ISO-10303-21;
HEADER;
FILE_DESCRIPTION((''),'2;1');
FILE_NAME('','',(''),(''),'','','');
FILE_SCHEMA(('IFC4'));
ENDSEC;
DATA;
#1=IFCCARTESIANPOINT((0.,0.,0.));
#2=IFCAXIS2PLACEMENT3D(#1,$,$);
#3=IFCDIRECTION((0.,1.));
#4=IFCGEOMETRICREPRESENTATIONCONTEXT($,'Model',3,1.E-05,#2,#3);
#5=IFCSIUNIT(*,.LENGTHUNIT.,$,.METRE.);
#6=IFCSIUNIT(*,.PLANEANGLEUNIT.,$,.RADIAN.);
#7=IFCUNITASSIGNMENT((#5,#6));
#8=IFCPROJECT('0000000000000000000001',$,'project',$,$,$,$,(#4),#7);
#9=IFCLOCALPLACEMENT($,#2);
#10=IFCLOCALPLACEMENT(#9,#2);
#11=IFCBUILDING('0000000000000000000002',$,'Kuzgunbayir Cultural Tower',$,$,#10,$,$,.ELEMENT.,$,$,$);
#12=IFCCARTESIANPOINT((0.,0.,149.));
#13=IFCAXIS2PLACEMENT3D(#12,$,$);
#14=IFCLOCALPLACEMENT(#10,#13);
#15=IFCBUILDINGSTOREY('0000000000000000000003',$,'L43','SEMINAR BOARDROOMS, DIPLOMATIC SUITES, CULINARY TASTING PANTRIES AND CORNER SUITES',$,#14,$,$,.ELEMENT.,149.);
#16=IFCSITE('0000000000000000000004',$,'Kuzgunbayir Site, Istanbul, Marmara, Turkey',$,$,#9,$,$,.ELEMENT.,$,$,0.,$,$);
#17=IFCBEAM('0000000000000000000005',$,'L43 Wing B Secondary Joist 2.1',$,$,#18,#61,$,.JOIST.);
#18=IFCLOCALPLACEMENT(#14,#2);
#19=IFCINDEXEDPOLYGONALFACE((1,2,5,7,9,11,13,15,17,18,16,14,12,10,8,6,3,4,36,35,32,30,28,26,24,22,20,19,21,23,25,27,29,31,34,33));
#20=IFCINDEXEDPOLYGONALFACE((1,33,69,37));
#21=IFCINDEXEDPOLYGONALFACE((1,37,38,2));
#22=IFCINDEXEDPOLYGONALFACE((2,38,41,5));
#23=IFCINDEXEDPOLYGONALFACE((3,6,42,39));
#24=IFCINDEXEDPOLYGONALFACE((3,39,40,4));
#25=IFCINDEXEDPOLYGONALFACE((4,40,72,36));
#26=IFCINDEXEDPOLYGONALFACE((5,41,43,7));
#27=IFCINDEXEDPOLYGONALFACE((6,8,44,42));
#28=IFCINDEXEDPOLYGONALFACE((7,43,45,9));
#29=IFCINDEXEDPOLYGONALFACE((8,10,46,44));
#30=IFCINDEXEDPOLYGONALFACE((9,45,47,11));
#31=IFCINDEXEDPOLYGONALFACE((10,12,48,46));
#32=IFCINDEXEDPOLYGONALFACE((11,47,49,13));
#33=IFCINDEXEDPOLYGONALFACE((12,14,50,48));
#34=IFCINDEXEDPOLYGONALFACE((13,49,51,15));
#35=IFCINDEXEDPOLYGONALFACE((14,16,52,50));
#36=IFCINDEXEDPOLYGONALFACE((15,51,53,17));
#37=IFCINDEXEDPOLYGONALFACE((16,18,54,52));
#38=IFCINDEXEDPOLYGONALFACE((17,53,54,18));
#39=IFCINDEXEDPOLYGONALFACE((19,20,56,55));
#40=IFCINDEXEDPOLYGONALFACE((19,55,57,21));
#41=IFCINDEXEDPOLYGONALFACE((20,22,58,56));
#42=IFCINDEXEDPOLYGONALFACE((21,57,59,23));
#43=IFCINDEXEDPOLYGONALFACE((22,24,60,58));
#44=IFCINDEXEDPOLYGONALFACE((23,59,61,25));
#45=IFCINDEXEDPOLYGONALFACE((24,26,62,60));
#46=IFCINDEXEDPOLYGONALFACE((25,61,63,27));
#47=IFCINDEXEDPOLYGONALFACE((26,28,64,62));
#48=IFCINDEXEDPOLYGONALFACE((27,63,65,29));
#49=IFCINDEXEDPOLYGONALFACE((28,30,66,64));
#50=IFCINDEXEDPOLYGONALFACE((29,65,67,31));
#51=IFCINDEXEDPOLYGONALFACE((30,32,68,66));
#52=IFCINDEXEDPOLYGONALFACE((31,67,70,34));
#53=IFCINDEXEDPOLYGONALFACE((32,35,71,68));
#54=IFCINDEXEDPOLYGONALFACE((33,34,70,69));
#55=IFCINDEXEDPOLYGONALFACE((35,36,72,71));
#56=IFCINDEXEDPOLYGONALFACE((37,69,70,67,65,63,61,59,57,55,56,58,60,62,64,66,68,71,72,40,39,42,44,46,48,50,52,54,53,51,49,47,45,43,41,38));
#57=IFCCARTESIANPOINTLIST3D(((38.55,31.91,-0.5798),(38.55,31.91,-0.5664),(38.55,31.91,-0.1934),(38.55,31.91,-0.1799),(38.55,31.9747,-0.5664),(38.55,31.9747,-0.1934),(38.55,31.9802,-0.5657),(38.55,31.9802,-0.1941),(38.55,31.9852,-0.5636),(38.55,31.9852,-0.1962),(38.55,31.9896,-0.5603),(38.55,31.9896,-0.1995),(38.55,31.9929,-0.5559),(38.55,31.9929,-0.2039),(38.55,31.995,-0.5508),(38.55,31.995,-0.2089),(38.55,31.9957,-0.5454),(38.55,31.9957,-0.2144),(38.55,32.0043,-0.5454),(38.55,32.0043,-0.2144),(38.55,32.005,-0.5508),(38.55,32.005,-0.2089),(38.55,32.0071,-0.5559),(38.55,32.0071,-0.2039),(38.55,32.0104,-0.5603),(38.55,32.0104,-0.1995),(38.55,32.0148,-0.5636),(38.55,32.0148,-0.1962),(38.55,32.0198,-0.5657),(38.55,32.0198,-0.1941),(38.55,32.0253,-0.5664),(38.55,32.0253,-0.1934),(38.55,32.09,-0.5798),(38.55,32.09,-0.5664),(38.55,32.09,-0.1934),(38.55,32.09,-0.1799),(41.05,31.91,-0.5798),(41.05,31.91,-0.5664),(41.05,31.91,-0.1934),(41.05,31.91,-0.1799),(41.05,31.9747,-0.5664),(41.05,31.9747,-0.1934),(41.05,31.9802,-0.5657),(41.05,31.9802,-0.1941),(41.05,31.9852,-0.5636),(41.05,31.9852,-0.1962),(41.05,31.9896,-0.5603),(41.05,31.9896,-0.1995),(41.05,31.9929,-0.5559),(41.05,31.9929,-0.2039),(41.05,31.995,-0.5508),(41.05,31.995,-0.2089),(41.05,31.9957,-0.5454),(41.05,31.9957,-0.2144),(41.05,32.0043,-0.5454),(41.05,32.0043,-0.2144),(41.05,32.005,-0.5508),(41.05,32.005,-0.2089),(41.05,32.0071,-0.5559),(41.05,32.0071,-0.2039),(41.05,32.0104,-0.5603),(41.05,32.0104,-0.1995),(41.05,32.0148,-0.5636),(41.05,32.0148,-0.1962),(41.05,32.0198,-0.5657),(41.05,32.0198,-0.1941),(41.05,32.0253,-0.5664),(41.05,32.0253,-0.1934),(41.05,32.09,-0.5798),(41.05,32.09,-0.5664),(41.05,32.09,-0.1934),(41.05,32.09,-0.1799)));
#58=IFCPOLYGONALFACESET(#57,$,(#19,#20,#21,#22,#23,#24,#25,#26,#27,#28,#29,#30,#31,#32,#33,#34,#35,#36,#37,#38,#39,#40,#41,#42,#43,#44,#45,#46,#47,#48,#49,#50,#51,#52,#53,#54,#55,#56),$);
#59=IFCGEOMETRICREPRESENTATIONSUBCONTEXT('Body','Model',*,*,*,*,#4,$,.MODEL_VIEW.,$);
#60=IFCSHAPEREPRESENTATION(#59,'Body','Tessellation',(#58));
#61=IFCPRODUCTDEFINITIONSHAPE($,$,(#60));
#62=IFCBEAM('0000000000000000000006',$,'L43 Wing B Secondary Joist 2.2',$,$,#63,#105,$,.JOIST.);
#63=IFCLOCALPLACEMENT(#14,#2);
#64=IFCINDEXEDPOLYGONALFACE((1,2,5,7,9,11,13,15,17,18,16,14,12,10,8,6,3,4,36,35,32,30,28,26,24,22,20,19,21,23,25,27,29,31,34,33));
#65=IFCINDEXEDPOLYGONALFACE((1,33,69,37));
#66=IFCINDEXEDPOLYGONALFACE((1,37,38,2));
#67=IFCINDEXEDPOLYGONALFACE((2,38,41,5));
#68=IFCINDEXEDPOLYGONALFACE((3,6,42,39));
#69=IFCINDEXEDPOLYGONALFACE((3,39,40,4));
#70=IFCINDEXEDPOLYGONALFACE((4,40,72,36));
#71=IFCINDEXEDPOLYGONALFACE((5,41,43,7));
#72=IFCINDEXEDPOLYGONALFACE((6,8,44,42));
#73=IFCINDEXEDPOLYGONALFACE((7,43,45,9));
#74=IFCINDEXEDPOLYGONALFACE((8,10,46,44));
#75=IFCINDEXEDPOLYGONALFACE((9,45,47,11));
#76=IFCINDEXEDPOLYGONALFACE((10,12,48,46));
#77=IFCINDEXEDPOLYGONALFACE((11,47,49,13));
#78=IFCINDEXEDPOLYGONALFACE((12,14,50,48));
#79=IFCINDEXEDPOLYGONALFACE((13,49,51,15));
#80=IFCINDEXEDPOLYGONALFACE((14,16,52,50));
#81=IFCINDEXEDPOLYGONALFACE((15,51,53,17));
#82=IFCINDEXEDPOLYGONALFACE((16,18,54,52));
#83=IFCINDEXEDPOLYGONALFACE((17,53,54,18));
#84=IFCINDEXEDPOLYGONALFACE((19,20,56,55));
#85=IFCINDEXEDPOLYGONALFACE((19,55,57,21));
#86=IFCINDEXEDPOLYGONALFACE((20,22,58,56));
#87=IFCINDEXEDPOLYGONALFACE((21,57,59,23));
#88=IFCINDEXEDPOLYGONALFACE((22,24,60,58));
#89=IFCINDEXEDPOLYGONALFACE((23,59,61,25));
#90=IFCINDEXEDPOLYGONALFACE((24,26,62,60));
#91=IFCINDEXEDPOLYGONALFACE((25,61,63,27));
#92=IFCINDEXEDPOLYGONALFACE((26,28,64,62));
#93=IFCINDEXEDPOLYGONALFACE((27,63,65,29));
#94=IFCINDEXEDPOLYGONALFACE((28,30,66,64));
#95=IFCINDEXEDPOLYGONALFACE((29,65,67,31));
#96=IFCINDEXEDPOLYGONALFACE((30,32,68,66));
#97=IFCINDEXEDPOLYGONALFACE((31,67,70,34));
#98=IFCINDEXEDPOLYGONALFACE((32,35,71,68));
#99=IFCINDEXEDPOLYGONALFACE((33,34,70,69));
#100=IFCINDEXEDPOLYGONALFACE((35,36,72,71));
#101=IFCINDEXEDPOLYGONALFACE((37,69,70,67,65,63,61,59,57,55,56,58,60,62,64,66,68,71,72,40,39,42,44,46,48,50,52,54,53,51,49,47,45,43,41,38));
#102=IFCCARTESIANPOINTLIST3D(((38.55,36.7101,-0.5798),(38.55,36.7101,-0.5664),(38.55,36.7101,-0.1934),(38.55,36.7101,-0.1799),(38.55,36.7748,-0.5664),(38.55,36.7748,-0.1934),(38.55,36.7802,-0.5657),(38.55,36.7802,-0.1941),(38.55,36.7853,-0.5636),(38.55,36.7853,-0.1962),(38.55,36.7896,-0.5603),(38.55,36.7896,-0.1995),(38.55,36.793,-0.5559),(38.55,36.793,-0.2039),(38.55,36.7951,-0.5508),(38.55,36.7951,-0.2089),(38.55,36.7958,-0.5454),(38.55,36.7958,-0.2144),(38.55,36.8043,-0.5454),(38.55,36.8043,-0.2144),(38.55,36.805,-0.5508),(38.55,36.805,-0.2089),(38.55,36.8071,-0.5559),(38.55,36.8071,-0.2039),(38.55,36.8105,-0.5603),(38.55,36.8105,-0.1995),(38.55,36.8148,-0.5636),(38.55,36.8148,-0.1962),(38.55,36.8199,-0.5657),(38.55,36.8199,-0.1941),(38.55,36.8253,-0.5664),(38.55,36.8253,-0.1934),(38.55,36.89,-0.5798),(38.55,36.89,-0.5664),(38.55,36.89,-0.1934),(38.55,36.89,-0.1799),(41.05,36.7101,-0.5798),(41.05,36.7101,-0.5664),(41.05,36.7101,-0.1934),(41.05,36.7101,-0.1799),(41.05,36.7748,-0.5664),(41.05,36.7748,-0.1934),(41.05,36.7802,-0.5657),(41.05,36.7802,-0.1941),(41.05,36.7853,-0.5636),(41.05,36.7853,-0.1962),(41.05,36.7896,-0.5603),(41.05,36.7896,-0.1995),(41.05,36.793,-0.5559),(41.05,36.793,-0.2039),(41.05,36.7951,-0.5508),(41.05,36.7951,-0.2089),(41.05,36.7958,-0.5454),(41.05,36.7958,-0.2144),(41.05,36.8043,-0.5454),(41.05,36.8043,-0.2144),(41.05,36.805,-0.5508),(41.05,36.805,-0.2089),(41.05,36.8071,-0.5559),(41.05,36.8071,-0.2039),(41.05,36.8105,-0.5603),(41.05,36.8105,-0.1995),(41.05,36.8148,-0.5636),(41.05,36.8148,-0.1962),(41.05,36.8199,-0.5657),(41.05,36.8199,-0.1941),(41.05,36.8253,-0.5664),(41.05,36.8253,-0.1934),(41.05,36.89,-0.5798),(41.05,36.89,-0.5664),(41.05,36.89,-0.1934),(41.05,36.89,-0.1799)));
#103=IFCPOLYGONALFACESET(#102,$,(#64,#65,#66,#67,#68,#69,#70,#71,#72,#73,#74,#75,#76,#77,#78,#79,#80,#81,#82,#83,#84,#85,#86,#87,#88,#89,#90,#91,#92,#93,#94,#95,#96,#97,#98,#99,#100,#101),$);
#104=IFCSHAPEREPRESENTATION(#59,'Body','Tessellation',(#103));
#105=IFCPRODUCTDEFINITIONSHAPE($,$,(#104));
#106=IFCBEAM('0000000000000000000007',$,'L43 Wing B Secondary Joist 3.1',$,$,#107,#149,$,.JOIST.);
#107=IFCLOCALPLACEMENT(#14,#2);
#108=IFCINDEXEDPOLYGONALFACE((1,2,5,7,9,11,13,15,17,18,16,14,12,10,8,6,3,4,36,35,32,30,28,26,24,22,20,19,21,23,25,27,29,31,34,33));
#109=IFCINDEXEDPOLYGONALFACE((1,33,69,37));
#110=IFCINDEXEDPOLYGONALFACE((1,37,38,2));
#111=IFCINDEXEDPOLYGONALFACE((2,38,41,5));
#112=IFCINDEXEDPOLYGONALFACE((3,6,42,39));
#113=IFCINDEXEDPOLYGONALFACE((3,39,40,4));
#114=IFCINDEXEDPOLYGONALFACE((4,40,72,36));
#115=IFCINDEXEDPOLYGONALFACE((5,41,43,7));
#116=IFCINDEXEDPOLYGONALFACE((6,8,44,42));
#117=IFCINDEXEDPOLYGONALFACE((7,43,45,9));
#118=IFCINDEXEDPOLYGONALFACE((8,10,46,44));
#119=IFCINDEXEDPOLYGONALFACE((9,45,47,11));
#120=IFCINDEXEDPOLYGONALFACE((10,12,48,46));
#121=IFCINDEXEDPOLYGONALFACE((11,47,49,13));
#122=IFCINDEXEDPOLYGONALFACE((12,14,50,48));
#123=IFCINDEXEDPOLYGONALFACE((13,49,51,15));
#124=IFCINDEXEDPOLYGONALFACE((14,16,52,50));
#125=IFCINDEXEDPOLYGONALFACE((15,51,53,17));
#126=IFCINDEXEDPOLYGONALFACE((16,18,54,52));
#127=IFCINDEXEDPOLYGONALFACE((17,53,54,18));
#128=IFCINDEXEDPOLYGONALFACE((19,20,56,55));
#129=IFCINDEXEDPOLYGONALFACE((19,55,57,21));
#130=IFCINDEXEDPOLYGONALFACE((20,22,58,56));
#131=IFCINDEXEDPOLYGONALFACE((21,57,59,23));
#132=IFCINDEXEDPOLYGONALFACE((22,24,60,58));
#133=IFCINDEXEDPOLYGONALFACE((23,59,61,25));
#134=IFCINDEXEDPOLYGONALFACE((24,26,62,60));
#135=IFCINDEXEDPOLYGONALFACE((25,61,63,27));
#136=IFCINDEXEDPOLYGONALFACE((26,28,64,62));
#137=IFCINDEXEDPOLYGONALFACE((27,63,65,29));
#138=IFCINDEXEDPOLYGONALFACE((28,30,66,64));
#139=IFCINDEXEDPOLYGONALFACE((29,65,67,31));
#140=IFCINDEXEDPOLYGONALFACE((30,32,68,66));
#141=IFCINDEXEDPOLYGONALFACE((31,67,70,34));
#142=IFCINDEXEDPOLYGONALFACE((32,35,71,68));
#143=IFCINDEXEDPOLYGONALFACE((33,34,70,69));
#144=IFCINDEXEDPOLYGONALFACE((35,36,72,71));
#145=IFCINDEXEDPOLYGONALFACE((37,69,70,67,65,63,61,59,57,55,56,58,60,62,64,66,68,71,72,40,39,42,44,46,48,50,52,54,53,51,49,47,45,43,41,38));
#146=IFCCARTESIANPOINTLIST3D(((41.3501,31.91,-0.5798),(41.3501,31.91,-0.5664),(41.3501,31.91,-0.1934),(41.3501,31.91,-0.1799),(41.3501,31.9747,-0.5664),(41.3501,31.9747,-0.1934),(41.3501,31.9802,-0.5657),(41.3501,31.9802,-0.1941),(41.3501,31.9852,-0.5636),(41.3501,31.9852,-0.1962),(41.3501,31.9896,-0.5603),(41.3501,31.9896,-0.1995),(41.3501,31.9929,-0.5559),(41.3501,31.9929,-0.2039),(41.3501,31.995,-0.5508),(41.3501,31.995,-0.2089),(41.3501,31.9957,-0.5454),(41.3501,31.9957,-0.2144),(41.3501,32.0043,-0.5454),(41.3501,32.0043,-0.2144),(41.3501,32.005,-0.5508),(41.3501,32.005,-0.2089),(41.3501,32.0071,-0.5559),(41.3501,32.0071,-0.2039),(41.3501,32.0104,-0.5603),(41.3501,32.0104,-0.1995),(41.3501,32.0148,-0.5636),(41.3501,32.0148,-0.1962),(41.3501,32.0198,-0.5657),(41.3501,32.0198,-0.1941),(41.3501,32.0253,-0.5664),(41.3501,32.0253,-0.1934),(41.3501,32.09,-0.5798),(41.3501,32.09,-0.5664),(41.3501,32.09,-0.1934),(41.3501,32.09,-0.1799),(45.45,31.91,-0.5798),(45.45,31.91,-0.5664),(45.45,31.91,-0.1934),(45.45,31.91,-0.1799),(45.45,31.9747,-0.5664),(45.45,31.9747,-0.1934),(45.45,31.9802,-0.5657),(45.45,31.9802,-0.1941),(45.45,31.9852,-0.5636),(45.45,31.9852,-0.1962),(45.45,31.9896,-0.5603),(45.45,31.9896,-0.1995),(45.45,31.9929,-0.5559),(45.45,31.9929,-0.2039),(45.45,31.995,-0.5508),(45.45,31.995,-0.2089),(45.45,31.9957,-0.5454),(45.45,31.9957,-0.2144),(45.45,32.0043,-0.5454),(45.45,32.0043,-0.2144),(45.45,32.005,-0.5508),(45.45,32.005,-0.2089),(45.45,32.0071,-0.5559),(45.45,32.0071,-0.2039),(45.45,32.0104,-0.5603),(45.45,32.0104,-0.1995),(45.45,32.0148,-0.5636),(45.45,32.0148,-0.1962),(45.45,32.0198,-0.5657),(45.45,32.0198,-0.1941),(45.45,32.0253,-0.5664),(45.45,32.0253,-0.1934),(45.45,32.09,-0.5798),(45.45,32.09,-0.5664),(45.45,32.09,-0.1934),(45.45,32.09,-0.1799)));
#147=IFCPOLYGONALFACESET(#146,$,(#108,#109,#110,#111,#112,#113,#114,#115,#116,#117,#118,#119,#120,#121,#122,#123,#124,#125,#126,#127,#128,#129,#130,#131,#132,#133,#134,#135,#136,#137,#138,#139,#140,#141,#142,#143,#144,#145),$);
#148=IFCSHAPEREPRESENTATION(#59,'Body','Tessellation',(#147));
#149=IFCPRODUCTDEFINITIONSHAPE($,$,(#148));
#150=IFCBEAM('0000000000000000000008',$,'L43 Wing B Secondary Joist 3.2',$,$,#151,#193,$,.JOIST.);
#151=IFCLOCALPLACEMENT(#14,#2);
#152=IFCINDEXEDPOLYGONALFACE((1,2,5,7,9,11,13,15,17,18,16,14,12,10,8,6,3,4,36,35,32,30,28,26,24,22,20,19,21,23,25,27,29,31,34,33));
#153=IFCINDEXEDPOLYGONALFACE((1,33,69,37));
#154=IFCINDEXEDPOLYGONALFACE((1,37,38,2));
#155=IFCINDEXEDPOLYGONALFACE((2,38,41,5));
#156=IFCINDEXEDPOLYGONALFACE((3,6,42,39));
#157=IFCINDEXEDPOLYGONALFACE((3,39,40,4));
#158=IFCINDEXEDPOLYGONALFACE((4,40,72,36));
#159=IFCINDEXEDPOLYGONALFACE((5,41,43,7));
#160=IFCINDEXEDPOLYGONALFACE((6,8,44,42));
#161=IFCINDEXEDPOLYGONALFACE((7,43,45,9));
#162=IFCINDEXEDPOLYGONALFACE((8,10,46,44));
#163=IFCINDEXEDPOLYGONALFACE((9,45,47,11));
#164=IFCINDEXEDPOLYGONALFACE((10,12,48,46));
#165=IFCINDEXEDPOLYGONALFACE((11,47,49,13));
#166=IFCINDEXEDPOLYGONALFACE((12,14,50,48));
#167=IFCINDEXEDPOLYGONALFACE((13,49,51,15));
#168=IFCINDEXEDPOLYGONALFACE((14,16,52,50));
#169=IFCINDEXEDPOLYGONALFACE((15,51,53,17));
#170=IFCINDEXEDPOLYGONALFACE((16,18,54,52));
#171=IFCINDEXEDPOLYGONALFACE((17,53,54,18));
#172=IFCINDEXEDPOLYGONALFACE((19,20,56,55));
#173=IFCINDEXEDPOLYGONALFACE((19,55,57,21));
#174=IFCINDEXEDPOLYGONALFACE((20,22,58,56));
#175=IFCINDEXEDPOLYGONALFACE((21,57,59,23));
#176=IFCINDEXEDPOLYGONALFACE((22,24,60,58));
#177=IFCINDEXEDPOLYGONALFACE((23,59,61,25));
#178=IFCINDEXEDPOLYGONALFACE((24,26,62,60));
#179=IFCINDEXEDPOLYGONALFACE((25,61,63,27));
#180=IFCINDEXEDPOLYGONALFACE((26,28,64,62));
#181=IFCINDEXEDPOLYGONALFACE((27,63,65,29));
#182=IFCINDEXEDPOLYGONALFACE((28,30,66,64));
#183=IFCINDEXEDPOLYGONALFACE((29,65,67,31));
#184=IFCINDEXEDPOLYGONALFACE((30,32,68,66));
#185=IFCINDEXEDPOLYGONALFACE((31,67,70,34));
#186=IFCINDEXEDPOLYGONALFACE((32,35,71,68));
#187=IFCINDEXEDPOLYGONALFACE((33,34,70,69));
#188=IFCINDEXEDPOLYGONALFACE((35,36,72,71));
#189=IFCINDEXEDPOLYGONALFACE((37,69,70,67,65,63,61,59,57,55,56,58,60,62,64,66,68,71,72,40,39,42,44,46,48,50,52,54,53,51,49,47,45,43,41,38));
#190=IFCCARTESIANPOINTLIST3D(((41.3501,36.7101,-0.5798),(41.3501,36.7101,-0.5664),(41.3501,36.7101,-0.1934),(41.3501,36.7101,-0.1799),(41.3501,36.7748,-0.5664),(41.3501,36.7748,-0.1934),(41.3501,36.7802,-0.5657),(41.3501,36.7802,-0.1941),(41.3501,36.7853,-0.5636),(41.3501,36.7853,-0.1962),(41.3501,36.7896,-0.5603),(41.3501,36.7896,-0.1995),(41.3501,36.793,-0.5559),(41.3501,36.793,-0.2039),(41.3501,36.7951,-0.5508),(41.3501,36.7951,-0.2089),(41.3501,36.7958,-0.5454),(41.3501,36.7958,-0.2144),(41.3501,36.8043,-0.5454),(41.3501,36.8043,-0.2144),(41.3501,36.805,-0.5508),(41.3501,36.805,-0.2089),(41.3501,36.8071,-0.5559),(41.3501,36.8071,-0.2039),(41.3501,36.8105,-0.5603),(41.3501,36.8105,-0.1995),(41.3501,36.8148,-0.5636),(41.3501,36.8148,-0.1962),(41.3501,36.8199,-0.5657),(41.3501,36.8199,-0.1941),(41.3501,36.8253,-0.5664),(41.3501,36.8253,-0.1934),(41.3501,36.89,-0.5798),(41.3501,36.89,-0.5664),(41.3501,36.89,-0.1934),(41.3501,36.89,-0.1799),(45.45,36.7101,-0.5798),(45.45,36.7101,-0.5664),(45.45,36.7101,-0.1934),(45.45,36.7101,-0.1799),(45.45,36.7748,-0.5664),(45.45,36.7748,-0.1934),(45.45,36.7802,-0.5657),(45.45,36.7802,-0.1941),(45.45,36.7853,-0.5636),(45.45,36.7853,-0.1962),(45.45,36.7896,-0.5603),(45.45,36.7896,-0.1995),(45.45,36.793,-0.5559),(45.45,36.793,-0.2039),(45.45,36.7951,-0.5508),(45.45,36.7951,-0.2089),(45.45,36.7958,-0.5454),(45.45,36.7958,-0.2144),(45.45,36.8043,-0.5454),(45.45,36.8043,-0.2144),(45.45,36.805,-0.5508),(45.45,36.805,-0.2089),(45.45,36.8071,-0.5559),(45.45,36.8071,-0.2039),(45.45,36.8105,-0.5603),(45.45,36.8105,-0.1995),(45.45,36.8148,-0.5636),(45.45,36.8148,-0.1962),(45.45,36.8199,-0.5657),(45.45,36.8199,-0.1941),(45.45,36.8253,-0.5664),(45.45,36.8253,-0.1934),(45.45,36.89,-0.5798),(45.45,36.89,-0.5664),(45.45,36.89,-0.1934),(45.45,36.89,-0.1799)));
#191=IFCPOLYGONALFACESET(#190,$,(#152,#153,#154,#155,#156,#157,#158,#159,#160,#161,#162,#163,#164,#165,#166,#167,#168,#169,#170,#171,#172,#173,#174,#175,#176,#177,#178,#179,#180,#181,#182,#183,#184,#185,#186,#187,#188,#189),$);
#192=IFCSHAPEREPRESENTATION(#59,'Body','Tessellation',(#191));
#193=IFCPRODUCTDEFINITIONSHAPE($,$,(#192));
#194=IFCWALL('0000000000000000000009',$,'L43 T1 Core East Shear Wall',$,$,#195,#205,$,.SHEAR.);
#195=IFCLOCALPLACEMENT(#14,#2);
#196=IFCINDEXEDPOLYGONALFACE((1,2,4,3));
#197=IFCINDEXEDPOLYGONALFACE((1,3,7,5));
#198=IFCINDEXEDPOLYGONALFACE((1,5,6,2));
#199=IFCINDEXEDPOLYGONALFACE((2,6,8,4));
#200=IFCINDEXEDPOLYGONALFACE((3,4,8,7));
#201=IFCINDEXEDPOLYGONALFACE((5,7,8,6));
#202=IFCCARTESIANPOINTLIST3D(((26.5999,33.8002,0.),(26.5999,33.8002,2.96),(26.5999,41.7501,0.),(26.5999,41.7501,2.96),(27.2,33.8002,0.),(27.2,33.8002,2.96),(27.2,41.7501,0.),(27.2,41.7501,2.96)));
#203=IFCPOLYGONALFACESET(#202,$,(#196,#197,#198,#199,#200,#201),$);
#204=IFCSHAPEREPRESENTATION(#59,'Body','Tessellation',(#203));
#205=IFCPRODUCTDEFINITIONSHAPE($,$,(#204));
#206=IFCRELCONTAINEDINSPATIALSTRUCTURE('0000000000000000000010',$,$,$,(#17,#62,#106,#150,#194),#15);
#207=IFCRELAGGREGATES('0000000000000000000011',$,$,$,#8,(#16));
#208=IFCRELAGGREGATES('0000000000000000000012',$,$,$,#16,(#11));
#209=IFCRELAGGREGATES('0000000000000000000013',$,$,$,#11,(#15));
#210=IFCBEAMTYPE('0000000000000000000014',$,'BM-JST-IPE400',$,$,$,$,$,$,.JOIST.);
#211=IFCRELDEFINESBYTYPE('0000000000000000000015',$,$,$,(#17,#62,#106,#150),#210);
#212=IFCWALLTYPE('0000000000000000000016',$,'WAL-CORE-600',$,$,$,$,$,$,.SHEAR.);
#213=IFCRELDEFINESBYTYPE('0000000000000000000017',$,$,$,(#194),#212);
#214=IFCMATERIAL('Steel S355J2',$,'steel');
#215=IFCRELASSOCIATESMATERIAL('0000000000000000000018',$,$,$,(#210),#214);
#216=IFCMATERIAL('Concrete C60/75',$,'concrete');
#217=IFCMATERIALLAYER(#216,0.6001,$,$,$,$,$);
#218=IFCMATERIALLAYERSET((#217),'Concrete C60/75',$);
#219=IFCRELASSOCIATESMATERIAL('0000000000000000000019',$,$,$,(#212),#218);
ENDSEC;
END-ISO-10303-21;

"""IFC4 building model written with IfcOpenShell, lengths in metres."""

from ifc_helpers import new_model, si_unit, direction, frame, frame_2d, origin, origin_2d, place, context, subcontext, project, spatial, rectangle, i_section, extrude, material, layer, layer_set, material_profile, profile_set, type_object, element, save


model = new_model("IFC4")

# Units and contexts
model_context = context("Model", 3, precision=1e-05, world=origin(), true_north=direction((0.0, 1.0)))
body_context = subcontext(model_context, "Body", "Model", "MODEL_VIEW")
ifc_project = project(units=[si_unit("LENGTHUNIT", "METRE"), si_unit("PLANEANGLEUNIT", "RADIAN")], contexts=[model_context])

# Site, building, storey
site_placement = place(None, origin())
site = spatial("IfcSite", under=ifc_project, at=site_placement, Name="Kuzgunbayir Site, Istanbul, Marmara, Turkey", CompositionType="ELEMENT", RefElevation=0.0)
building_placement = place(site_placement, origin())
building = spatial("IfcBuilding", under=site, at=building_placement, Name="Kuzgunbayir Cultural Tower", CompositionType="ELEMENT")
storey_placement = place(building_placement, frame((0.0, 0.0, 149.0)))
storey = spatial("IfcBuildingStorey", under=building, at=storey_placement, Name="L43", Description="SEMINAR BOARDROOMS, DIPLOMATIC SUITES, CULINARY TASTING PANTRIES AND CORNER SUITES", CompositionType="ELEMENT", Elevation=149.0)

# Beams
ifc_material_1 = material(Name="Steel S355J2", Category="steel")
ifc_material_profile_1 = material_profile(ifc_material_1, i_section(OverallWidth=0.1799, OverallDepth=0.3999, WebThickness=0.0085, FlangeThickness=0.0134, FilletRadius=0.021, at=origin_2d()), Name="IPE 400")
ifc_profile_set_1 = profile_set([ifc_material_profile_1], Name="Steel S355J2")
beam_type_1 = type_object("IfcBeamType", Name="BM-JST-IPE400", PredefinedType="JOIST", material=ifc_profile_set_1)
for number, where, z_axis, x_axis, name in (
    (1, (38.55, 32.0, -0.3799), (1.0, 0.0, 0.0), (0.0, 1.0, 0.0), "L43 Wing B Secondary Joist 2.1"),
    (2, (38.55, 36.8, -0.3799), (1.0, 0.0, 0.0), (0.0, 1.0, 0.0), "L43 Wing B Secondary Joist 2.2"),
):
    element("IfcBeam", number, at=place(storey_placement, frame(where, z_axis=z_axis, x_axis=x_axis)), inside=storey, type_object=beam_type_1, Name=name, PredefinedType="JOIST", context=body_context, shape_type="SweptSolid", body=[
        extrude(i_section(OverallWidth=0.1799, OverallDepth=0.3999, WebThickness=0.0085, FlangeThickness=0.0134, FilletRadius=0.021, at=origin_2d()), origin(), (0.0, 0.0, 1.0), 2.5),
    ])
for number, where, z_axis, x_axis, name in (
    (3, (41.3501, 32.0, -0.3799), (1.0, 0.0, 0.0), (0.0, 1.0, 0.0), "L43 Wing B Secondary Joist 3.1"),
    (4, (41.3501, 36.8, -0.3799), (1.0, 0.0, 0.0), (0.0, 1.0, 0.0), "L43 Wing B Secondary Joist 3.2"),
):
    element("IfcBeam", number, at=place(storey_placement, frame(where, z_axis=z_axis, x_axis=x_axis)), inside=storey, type_object=beam_type_1, Name=name, PredefinedType="JOIST", context=body_context, shape_type="SweptSolid", body=[
        extrude(i_section(OverallWidth=0.1799, OverallDepth=0.3999, WebThickness=0.0085, FlangeThickness=0.0134, FilletRadius=0.021, at=origin_2d()), origin(), (0.0, 0.0, 1.0), 4.0999),
    ])

# Wall
ifc_material_2 = material(Name="Concrete C60/75", Category="concrete")
ifc_layer_1 = layer(ifc_material_2, 0.6001)
ifc_layer_set_1 = layer_set([ifc_layer_1], Name="Concrete C60/75")
wall_type_1 = type_object("IfcWallType", Name="WAL-CORE-600", PredefinedType="SHEAR", material=ifc_layer_set_1)
wall_1_placement = place(storey_placement, frame((26.8999, 33.8, 0.0), z_axis=(0.0, 0.0, 1.0), x_axis=(0.0, 1.0, 0.0)))
element("IfcWall", 5, at=wall_1_placement, inside=storey, type_object=wall_type_1, Name="L43 T1 Core East Shear Wall", PredefinedType="SHEAR", context=body_context, shape_type="SweptSolid", body=[
    extrude(rectangle(XDim=7.95, YDim=0.6001, at=frame_2d((3.9751, 0.0))), origin(), (0.0, 0.0, 1.0), 2.96),
])

save(model, "model.ifc")
